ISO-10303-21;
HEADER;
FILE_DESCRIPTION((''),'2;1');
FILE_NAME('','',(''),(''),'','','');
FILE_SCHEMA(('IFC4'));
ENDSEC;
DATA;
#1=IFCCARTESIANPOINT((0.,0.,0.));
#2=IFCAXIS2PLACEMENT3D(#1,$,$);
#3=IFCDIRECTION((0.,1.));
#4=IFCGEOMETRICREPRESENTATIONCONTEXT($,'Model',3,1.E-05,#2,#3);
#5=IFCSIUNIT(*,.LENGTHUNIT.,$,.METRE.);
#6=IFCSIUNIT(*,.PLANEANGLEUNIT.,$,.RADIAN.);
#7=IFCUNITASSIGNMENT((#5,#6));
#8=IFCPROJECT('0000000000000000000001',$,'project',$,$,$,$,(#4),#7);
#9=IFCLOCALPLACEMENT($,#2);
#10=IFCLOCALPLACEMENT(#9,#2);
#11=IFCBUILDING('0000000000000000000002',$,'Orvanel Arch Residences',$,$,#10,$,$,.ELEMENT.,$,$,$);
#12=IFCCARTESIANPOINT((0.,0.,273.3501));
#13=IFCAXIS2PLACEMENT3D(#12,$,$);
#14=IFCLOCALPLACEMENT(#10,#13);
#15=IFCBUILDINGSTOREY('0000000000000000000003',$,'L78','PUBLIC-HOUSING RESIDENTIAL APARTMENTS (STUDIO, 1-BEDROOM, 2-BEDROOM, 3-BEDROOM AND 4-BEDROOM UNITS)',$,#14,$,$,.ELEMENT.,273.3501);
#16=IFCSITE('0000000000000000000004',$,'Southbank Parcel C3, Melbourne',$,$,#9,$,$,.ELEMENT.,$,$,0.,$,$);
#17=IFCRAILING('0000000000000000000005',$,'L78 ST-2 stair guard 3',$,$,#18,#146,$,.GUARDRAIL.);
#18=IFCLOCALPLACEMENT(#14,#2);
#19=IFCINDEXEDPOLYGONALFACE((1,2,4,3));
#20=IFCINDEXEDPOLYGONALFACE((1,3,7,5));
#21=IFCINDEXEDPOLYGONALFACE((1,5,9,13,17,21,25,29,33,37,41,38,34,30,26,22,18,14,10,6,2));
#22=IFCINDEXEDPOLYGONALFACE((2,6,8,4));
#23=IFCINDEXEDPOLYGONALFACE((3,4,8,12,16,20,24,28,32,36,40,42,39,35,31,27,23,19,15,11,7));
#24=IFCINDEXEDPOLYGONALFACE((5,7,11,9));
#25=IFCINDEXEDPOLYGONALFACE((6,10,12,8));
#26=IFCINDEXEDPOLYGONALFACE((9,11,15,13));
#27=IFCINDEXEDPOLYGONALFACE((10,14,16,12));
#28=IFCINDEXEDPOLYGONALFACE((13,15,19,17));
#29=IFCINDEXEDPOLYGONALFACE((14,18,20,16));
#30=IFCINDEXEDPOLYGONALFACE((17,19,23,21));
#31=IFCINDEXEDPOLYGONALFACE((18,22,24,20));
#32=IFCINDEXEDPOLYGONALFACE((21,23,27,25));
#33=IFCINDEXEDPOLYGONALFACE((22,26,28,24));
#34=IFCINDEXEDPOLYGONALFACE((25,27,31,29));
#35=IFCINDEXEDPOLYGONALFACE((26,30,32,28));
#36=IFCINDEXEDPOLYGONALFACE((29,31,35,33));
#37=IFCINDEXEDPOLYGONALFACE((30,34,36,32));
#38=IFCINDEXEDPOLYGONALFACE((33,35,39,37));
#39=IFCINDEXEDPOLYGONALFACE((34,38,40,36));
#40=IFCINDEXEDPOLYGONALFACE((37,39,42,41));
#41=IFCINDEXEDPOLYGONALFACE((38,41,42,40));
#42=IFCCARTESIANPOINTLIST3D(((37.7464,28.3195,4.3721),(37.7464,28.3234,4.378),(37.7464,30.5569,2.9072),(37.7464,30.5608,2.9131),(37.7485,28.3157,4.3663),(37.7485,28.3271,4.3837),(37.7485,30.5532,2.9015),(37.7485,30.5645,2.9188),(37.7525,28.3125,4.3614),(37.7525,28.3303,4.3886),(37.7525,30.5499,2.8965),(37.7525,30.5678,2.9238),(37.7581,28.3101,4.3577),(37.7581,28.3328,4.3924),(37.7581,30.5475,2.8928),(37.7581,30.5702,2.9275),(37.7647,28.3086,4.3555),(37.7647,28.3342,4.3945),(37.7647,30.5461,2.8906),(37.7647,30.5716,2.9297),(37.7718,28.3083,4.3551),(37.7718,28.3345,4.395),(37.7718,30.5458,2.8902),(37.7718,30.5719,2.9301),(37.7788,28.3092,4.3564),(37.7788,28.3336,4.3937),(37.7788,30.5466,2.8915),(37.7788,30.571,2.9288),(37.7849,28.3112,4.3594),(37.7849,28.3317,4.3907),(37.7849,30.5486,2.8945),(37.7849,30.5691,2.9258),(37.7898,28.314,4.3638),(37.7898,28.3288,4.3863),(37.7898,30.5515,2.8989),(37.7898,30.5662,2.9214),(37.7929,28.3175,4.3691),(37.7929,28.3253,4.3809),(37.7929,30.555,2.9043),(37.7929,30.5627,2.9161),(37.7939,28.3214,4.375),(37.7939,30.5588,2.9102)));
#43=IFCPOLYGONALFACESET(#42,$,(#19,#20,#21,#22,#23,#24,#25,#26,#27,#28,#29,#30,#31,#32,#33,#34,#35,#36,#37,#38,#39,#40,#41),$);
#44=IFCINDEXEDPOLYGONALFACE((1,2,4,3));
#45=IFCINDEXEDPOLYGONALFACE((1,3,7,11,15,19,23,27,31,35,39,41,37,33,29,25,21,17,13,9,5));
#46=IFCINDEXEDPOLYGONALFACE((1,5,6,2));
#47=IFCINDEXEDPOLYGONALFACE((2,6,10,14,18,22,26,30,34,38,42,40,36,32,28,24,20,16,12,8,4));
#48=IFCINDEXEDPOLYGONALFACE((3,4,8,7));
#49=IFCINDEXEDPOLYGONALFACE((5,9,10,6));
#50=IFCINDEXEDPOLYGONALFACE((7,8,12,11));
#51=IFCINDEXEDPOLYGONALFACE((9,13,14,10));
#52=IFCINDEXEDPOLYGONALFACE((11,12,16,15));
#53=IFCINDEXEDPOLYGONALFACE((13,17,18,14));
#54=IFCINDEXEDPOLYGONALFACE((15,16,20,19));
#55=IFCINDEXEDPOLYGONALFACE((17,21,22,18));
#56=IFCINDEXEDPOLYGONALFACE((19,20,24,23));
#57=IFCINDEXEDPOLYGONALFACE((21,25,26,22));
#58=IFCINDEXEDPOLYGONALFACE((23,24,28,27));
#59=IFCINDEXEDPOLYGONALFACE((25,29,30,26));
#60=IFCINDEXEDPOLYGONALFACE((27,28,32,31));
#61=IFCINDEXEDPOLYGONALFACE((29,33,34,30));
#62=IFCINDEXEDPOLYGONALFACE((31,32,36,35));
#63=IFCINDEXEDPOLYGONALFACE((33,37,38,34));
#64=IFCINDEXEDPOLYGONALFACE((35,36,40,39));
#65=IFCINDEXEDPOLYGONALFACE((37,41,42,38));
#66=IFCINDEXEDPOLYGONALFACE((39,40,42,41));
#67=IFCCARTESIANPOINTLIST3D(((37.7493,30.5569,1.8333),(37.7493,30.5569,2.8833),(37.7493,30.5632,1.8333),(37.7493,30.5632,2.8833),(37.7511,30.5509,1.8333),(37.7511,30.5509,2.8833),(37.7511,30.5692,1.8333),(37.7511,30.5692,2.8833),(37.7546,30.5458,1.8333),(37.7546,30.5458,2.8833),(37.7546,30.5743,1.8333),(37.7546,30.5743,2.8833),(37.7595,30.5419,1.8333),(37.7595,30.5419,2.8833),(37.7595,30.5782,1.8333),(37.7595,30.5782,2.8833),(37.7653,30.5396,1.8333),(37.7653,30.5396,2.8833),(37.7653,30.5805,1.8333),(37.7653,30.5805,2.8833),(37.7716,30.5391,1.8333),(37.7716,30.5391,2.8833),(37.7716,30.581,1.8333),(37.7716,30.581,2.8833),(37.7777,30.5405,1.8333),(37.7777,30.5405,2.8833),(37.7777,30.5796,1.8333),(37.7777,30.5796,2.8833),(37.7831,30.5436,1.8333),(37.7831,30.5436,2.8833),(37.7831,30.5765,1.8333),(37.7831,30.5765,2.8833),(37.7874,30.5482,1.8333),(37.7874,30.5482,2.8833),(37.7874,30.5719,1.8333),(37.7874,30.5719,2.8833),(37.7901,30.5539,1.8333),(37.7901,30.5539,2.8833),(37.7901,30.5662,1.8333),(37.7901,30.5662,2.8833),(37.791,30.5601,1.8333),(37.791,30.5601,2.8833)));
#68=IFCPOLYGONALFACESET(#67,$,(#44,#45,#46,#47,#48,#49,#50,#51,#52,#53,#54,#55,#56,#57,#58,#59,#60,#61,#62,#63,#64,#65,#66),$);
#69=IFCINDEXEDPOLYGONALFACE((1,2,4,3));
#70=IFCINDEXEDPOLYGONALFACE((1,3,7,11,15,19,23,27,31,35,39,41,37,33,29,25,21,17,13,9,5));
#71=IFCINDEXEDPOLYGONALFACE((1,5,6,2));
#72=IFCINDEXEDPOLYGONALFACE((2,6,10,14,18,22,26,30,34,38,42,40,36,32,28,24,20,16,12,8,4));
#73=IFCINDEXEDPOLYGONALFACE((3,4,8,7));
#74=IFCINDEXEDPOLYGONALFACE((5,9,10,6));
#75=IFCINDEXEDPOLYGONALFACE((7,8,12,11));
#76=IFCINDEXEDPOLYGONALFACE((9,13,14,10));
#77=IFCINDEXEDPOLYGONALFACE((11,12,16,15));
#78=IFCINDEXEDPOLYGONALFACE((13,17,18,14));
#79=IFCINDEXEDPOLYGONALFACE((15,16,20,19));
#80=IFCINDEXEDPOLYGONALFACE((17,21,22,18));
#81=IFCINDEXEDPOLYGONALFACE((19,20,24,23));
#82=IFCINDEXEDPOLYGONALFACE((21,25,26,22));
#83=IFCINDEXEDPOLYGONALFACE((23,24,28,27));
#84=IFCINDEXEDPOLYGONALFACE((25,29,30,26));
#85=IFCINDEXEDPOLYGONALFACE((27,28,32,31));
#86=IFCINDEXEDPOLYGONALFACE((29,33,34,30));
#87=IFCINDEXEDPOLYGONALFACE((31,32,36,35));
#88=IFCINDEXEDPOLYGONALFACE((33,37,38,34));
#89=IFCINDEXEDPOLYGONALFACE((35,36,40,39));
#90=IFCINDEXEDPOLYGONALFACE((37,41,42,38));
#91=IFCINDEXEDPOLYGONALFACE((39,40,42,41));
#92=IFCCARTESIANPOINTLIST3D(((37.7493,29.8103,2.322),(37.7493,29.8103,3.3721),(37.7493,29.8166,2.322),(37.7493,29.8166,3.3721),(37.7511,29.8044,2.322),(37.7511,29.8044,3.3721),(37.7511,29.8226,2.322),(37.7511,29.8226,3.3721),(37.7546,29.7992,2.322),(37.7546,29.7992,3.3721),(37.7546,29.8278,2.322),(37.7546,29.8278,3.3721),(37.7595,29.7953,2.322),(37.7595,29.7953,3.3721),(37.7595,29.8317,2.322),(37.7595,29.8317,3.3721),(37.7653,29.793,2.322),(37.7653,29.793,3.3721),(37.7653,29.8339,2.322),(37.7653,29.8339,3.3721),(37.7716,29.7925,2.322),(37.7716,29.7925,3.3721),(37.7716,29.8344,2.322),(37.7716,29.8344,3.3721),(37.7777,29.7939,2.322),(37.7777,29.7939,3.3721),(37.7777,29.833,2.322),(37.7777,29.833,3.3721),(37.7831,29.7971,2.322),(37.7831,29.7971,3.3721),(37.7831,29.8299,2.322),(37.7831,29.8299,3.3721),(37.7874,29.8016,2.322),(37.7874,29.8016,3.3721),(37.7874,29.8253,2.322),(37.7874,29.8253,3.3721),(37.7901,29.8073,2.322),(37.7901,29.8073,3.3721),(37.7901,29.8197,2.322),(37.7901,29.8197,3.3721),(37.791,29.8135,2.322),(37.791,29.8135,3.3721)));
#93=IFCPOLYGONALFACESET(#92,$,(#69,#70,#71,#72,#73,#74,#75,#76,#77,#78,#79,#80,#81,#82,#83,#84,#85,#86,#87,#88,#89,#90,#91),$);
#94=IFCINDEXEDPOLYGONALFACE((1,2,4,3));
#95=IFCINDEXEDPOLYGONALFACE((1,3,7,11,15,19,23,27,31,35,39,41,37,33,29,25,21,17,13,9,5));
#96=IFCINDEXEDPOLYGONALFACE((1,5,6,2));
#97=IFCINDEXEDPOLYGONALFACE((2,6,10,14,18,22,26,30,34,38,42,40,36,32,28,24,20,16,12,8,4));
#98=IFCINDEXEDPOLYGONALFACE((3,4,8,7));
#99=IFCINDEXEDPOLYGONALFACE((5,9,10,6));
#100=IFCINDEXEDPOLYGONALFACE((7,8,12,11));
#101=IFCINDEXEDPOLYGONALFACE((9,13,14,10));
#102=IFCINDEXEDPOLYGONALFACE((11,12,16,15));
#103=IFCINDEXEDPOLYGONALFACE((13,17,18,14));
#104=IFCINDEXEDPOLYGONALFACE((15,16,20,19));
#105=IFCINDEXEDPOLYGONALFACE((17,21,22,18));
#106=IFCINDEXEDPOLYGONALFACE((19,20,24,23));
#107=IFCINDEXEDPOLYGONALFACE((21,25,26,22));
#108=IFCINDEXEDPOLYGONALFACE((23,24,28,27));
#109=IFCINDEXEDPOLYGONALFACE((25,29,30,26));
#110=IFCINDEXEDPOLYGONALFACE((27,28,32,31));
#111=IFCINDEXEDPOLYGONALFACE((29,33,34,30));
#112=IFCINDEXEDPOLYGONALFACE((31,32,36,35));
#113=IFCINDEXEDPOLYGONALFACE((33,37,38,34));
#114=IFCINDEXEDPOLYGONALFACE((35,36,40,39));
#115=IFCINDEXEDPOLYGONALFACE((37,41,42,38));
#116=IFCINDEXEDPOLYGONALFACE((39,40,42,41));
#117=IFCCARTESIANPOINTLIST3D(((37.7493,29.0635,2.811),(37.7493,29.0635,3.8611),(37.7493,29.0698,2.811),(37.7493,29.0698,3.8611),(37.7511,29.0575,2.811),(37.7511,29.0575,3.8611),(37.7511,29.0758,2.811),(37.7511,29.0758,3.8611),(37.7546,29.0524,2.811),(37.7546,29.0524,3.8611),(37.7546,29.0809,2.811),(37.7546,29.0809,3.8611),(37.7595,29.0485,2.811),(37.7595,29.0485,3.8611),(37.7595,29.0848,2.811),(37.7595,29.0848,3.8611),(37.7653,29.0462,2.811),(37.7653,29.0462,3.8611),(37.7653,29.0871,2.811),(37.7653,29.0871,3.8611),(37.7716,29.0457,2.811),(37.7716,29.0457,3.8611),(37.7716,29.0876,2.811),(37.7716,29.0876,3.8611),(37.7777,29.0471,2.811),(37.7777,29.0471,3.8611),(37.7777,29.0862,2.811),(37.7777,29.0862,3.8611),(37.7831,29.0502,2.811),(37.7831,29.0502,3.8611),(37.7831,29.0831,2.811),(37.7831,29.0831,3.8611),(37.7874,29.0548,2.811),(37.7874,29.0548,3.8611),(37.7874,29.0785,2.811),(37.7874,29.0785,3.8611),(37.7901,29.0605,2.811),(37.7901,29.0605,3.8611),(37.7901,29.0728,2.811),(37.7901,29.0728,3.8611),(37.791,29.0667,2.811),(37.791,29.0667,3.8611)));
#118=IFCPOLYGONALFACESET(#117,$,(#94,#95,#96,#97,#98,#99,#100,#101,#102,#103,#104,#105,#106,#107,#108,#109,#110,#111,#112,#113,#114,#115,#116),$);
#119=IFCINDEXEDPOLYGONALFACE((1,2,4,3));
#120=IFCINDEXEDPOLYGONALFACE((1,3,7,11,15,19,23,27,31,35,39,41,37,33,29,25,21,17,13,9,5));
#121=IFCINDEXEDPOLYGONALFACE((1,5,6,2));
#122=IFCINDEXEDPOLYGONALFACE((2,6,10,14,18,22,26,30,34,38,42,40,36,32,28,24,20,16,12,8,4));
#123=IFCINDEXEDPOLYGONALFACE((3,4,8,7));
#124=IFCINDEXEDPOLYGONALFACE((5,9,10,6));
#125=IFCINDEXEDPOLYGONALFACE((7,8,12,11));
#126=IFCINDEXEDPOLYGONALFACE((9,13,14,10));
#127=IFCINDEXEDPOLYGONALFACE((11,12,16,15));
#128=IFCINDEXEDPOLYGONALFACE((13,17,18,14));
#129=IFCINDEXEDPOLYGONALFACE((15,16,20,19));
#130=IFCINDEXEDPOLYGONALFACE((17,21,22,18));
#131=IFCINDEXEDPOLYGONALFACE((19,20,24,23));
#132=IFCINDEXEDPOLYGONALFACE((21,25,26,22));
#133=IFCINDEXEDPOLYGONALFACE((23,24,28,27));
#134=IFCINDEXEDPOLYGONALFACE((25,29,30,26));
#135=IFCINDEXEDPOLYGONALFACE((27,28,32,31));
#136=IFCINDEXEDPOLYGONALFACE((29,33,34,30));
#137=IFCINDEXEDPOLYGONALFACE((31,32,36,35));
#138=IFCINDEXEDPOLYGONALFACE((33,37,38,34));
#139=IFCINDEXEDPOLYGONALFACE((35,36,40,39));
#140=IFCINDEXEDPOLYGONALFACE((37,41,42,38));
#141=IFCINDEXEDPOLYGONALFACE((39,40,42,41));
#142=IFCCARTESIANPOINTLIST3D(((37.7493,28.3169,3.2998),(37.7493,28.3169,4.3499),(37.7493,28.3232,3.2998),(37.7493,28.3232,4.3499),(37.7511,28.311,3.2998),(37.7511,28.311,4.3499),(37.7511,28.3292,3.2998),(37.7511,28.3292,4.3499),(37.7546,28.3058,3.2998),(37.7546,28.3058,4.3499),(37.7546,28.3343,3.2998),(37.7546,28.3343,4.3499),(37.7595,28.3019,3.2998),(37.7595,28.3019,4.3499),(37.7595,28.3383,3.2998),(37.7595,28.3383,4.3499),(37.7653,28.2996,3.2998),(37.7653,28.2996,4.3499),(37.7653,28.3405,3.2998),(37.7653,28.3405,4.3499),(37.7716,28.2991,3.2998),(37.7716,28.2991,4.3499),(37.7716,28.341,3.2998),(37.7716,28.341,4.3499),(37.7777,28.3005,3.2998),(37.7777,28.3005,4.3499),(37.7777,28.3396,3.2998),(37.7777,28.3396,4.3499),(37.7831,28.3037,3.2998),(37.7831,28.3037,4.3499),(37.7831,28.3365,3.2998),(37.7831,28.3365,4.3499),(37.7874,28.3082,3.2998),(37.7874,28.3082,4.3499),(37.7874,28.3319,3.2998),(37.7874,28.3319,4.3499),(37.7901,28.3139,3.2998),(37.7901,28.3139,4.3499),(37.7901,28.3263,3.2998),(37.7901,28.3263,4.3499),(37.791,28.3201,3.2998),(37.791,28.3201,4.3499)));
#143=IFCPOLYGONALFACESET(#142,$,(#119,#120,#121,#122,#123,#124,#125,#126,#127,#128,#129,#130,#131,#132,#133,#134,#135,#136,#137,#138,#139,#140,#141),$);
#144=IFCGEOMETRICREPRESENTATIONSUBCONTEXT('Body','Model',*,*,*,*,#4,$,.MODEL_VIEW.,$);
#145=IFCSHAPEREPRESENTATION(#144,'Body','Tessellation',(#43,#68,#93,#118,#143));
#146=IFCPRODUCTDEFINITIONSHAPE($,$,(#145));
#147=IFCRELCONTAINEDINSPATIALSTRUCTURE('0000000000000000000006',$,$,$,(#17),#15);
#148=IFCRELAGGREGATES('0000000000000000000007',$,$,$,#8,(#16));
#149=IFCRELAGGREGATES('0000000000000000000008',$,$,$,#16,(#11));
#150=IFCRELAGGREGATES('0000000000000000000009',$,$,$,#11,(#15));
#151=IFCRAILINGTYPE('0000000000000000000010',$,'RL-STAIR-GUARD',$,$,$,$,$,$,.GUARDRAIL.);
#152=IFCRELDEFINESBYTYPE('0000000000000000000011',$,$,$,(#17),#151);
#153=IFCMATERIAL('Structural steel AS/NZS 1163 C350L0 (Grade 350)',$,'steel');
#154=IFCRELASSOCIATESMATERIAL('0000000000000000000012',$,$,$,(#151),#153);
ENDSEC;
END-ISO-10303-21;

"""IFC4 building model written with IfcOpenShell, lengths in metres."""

from ifc_helpers import new_model, si_unit, direction, frame, origin, origin_2d, place, context, subcontext, project, spatial, circle, extrude, material, type_object, element, save


model = new_model("IFC4")

# Units and contexts
model_context = context("Model", 3, precision=1e-05, world=origin(), true_north=direction((0.0, 1.0)))
body_context = subcontext(model_context, "Body", "Model", "MODEL_VIEW")
ifc_project = project(units=[si_unit("LENGTHUNIT", "METRE"), si_unit("PLANEANGLEUNIT", "RADIAN")], contexts=[model_context])

# Site, building, storey
site_placement = place(None, origin())
site = spatial("IfcSite", under=ifc_project, at=site_placement, Name="Southbank Parcel C3, Melbourne", CompositionType="ELEMENT", RefElevation=0.0)
building_placement = place(site_placement, origin())
building = spatial("IfcBuilding", under=site, at=building_placement, Name="Orvanel Arch Residences", CompositionType="ELEMENT")
storey_placement = place(building_placement, frame((0.0, 0.0, 273.3501)))
storey = spatial("IfcBuildingStorey", under=building, at=storey_placement, Name="L78", Description="PUBLIC-HOUSING RESIDENTIAL APARTMENTS (STUDIO, 1-BEDROOM, 2-BEDROOM, 3-BEDROOM AND 4-BEDROOM UNITS)", CompositionType="ELEMENT", Elevation=273.3501)

# Railing
ifc_material_1 = material(Name="Structural steel AS/NZS 1163 C350L0 (Grade 350)", Category="steel")
railing_type_1 = type_object("IfcRailingType", Name="RL-STAIR-GUARD", PredefinedType="GUARDRAIL", material=ifc_material_1)
railing_1_placement = place(storey_placement, frame((37.77, 30.5601, 1.8333)))
element("IfcRailing", 1, at=railing_1_placement, inside=storey, type_object=railing_type_1, Name="L78 ST-2 stair guard 3", PredefinedType="GUARDRAIL", context=body_context, shape_type="SweptSolid", body=[
    extrude(circle(Radius=0.0239, at=origin_2d()), frame((0.0, -0.0012, 1.0769), z_axis=(0.0, -0.836637, 0.547758), x_axis=(1.0, 0.0, 0.0)), (0.0, 0.0, 1.0), 2.6743),
    extrude(circle(Radius=0.021, at=origin_2d()), origin(), (0.0, 0.0, 1.0), 1.05),
    extrude(circle(Radius=0.021, at=origin_2d()), frame((0.0, -0.7466, 0.4888)), (0.0, 0.0, 1.0), 1.05),
    extrude(circle(Radius=0.021, at=origin_2d()), frame((0.0, -1.4934, 0.9778)), (0.0, 0.0, 1.0), 1.05),
    extrude(circle(Radius=0.021, at=origin_2d()), frame((0.0, -2.24, 1.4666)), (0.0, 0.0, 1.0), 1.05),
])

save(model, "model.ifc")
